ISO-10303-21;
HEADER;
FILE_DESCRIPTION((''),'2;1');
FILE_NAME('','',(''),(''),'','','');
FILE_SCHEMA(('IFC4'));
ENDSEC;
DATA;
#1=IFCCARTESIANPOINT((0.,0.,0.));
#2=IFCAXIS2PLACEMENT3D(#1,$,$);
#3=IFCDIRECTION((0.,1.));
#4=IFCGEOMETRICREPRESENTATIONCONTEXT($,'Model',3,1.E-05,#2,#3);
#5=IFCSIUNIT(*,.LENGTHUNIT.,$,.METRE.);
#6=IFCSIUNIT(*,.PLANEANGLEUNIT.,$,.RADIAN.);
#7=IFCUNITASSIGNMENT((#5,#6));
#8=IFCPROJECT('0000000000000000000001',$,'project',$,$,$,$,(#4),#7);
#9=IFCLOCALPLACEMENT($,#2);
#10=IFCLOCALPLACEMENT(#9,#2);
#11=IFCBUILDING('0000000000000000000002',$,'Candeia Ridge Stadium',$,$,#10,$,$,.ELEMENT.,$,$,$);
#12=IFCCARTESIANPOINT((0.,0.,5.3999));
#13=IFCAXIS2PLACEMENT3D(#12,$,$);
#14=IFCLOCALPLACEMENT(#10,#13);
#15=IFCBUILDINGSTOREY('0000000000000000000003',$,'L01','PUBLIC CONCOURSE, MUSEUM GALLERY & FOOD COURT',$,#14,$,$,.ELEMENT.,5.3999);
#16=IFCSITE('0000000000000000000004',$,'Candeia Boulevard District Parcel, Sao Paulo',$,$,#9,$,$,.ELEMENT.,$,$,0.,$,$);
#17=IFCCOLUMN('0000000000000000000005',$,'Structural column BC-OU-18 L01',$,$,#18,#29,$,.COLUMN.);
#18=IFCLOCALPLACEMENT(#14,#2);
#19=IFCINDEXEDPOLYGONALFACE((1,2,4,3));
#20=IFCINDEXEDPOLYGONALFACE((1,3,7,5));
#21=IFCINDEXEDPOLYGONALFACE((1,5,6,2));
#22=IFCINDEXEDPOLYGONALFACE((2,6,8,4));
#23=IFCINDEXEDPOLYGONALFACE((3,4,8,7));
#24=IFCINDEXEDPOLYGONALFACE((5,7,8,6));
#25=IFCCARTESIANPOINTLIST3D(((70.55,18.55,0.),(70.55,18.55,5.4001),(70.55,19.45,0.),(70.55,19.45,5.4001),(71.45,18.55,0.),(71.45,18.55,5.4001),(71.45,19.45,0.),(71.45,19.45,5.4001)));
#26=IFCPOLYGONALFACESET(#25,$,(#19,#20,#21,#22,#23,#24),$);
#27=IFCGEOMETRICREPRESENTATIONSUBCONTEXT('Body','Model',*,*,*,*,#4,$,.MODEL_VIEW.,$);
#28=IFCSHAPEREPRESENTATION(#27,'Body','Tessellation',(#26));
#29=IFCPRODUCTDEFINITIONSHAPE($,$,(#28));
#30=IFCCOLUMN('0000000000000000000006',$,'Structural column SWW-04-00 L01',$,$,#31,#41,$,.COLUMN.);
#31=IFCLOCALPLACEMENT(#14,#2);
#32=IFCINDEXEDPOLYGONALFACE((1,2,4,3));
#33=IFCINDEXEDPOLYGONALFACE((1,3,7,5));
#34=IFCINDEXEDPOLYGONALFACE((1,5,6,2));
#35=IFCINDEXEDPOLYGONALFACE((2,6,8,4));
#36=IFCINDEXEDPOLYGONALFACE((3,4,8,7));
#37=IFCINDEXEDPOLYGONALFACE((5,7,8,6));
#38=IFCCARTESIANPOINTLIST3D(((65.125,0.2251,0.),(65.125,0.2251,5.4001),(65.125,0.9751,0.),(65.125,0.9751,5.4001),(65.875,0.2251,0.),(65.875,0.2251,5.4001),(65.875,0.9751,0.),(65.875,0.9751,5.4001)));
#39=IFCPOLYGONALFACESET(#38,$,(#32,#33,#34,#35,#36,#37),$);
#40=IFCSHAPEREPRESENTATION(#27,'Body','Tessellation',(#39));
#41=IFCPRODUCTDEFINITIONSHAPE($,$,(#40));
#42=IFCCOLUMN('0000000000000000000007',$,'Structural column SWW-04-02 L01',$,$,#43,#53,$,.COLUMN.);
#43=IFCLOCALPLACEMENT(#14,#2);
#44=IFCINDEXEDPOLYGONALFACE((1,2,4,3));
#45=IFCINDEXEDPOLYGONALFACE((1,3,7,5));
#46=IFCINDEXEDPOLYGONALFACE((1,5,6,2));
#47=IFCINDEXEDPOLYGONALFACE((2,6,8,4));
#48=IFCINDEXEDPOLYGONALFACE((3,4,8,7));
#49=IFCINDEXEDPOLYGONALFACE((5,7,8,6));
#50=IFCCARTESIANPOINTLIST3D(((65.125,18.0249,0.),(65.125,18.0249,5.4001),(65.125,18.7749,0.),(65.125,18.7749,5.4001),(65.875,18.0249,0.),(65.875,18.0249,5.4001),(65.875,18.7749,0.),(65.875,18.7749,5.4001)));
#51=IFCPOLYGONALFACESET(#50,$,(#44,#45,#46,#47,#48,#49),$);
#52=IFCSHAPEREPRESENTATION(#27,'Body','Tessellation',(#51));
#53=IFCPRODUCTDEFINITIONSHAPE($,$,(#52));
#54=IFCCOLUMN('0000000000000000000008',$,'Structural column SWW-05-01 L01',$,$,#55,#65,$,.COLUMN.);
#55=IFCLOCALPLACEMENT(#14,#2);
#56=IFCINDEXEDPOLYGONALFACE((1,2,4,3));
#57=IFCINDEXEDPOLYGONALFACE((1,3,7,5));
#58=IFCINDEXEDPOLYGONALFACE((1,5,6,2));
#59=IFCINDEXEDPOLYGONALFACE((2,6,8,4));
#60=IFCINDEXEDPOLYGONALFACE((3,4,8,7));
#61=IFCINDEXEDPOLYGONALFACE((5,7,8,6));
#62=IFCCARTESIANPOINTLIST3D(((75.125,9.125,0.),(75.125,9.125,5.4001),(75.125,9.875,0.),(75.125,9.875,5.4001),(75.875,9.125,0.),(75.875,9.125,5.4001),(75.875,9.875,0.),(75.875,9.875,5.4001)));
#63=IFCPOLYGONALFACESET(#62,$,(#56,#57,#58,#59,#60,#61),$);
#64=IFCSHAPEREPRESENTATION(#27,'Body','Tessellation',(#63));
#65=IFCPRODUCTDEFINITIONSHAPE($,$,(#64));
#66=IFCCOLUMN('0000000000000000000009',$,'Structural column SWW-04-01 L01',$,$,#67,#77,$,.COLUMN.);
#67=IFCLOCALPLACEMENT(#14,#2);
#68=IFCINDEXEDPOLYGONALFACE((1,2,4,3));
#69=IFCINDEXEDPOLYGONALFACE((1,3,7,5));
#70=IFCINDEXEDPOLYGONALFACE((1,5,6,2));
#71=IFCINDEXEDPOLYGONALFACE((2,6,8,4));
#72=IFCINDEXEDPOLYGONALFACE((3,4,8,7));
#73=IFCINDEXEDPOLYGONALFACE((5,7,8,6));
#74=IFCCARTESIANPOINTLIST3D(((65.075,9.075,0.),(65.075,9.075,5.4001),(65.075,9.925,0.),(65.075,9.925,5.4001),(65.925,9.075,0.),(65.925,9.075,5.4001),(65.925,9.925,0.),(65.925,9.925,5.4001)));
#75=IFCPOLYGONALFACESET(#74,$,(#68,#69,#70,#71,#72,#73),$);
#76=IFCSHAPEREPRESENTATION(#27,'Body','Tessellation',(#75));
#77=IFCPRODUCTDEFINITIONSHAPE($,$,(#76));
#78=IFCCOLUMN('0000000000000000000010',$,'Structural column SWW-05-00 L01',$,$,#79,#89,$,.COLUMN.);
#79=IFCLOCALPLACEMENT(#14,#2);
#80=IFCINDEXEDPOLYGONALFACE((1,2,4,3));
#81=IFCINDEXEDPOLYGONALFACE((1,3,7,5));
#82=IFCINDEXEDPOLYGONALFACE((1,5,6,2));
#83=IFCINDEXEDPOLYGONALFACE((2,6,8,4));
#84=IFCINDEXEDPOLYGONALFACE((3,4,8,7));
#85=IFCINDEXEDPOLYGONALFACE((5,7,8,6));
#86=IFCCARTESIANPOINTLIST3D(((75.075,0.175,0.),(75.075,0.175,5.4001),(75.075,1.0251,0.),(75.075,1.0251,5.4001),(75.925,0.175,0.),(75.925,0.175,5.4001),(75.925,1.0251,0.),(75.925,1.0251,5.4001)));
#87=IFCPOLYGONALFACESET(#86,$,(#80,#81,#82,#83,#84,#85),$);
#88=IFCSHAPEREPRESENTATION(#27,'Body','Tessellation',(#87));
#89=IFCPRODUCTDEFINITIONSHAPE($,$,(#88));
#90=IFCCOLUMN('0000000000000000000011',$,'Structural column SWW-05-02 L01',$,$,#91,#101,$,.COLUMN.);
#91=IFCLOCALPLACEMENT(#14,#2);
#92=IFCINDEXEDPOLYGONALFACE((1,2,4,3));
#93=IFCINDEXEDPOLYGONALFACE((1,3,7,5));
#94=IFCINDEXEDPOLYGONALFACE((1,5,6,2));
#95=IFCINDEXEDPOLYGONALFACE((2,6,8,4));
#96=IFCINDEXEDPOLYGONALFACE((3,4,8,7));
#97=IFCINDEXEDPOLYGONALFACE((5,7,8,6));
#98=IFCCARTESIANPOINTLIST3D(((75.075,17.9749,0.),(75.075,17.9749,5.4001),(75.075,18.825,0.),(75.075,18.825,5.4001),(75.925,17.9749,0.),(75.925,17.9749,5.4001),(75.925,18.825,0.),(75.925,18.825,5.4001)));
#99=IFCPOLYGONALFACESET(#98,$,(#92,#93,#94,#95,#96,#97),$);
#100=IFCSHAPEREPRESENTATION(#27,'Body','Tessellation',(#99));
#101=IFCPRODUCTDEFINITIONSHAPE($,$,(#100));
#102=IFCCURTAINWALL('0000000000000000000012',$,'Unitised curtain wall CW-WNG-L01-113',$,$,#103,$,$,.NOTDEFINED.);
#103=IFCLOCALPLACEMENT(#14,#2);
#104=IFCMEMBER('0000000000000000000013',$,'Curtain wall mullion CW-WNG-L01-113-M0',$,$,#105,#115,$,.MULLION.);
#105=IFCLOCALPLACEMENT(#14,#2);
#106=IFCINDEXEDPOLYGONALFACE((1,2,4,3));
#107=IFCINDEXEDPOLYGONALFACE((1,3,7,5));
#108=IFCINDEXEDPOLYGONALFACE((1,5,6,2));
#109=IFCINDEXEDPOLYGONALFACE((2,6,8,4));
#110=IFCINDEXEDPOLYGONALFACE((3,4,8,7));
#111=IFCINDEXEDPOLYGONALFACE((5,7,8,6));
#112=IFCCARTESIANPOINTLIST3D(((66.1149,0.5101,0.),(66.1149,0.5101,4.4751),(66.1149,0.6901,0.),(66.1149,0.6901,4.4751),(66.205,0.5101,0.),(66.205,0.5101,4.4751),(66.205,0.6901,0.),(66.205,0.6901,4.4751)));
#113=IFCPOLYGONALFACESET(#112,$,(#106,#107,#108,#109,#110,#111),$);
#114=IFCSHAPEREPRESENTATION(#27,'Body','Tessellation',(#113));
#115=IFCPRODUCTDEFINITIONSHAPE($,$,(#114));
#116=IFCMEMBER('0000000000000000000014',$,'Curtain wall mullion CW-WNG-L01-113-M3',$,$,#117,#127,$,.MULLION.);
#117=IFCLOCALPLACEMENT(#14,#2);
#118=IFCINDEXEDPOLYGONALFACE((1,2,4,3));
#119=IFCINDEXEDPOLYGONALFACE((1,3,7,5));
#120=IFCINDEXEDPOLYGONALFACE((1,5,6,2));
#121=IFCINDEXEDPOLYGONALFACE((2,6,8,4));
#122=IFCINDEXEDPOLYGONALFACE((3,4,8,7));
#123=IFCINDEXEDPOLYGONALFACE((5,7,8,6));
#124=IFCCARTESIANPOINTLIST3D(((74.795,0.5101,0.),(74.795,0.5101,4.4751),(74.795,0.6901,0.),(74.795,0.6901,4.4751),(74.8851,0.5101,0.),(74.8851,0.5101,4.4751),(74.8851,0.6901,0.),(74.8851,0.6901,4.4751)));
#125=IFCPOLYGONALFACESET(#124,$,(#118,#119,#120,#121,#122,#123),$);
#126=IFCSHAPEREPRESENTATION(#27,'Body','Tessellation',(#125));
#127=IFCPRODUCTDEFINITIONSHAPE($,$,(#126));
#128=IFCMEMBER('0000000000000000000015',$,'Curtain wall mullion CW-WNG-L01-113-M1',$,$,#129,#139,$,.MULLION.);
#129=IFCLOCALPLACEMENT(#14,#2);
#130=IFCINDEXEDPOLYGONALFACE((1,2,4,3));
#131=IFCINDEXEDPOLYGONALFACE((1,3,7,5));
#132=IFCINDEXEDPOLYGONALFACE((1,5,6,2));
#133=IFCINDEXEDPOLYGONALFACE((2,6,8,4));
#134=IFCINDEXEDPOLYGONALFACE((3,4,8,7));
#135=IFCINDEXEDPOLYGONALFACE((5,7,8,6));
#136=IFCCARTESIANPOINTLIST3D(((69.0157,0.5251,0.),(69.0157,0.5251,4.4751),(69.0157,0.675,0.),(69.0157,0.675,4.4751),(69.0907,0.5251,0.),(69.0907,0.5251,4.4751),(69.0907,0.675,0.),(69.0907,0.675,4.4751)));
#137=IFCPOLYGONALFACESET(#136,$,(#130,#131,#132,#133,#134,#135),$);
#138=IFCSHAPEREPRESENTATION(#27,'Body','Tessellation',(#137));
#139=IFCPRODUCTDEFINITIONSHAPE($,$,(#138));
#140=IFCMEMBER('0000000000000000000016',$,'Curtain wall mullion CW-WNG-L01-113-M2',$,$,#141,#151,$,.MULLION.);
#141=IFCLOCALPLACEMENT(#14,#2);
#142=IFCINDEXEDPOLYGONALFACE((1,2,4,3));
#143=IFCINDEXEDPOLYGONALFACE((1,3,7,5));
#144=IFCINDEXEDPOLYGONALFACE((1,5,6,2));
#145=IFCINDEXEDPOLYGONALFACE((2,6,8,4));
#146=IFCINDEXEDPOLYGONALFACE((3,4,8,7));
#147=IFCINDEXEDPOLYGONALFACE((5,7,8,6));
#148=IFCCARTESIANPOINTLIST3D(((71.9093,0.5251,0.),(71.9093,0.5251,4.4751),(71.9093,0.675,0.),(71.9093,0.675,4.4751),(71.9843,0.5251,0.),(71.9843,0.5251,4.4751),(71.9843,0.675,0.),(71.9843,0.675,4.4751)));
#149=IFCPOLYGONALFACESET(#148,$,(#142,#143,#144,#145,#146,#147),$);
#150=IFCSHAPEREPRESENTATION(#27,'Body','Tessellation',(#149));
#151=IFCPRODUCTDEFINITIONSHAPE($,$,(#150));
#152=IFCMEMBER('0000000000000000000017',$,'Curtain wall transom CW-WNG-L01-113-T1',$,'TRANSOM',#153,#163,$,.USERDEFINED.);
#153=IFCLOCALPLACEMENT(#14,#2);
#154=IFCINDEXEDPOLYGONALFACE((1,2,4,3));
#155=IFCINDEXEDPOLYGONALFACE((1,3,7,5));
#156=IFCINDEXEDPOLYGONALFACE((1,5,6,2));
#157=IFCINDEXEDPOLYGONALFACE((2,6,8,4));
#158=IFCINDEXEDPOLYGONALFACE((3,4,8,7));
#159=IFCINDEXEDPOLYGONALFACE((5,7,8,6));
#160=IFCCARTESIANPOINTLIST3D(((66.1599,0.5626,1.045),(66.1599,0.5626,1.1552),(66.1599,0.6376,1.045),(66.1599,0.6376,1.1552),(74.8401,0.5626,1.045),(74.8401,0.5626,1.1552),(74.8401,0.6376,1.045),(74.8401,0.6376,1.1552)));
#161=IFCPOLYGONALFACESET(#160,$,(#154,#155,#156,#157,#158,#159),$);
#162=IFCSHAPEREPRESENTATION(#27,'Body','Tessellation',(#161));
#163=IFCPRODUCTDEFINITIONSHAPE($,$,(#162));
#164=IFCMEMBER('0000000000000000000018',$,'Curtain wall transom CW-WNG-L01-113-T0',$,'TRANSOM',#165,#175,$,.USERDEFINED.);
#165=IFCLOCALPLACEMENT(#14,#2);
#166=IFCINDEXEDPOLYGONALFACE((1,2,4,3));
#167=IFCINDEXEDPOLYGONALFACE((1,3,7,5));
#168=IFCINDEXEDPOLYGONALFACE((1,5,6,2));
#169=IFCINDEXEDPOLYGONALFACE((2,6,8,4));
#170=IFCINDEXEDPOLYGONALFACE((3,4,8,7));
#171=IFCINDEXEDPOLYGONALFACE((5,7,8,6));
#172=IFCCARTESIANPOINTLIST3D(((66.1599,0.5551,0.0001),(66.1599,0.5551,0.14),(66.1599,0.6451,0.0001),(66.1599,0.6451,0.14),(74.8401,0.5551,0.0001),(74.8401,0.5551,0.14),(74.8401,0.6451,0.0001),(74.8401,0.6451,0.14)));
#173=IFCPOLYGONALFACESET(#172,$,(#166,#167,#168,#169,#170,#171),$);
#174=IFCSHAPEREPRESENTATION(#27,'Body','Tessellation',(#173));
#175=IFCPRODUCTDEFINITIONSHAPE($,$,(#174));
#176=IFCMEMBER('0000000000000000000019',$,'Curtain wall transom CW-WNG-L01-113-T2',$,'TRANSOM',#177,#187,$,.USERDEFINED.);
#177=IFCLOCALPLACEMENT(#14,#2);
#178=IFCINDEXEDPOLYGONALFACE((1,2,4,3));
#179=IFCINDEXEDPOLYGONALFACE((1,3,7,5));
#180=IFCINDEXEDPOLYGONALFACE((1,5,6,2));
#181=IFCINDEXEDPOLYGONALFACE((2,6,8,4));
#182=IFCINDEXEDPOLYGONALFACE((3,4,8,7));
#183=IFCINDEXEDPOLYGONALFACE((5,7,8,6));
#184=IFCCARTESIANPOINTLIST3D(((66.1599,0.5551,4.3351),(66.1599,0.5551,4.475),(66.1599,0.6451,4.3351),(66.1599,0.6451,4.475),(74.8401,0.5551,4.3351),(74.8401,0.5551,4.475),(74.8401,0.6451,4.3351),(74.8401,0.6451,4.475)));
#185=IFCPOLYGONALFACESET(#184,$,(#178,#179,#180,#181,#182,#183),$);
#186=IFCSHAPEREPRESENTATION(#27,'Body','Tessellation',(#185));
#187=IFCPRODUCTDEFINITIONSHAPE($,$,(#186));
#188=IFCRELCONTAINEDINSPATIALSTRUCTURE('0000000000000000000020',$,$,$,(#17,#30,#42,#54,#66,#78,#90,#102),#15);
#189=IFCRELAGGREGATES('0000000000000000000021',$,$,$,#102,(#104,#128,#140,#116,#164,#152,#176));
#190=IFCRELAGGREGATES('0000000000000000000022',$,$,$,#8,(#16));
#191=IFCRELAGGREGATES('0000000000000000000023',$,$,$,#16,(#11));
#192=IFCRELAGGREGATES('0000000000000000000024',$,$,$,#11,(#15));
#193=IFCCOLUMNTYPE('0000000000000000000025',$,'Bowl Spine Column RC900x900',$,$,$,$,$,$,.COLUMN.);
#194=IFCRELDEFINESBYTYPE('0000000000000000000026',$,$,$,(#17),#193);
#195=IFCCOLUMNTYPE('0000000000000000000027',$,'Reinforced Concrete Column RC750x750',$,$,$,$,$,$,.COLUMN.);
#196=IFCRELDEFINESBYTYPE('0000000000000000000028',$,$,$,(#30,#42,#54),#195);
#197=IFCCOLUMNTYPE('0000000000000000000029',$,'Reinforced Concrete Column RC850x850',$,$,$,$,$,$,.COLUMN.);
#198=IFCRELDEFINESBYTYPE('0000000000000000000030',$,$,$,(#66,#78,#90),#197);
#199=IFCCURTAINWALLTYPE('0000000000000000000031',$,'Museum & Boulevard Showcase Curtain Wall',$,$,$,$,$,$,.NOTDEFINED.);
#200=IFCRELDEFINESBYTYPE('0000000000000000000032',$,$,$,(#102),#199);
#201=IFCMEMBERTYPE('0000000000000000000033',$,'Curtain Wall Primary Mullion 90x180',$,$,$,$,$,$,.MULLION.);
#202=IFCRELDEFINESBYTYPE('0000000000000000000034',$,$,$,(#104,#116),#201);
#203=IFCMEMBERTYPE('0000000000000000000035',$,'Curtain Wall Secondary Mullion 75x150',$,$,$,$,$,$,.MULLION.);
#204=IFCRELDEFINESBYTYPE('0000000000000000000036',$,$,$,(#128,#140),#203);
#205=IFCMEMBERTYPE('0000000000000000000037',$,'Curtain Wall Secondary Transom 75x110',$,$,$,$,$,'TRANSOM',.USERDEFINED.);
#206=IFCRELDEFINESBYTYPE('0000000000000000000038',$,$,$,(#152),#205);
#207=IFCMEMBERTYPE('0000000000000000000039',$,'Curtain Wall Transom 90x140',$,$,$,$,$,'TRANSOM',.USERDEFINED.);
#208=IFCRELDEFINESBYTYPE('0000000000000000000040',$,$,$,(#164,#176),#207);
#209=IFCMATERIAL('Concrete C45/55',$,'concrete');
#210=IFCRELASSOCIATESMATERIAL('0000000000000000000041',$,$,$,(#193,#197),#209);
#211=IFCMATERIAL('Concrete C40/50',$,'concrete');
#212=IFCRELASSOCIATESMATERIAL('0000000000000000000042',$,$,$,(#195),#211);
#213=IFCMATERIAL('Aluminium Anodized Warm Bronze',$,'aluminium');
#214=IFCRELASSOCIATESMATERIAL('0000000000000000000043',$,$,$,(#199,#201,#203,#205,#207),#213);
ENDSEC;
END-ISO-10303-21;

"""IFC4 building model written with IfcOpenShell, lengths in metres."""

from ifc_helpers import new_model, si_unit, direction, frame, origin, origin_2d, place, context, subcontext, project, spatial, rectangle, extrude, material, material_profile, profile_set, type_object, element, aggregate, save


model = new_model("IFC4")

# Units and contexts
model_context = context("Model", 3, precision=1e-05, world=origin(), true_north=direction((0.0, 1.0)))
body_context = subcontext(model_context, "Body", "Model", "MODEL_VIEW")
ifc_project = project(units=[si_unit("LENGTHUNIT", "METRE"), si_unit("PLANEANGLEUNIT", "RADIAN")], contexts=[model_context])

# Site, building, storey
site_placement = place(None, origin())
site = spatial("IfcSite", under=ifc_project, at=site_placement, Name="Candeia Boulevard District Parcel, Sao Paulo", CompositionType="ELEMENT", RefElevation=0.0)
building_placement = place(site_placement, origin())
building = spatial("IfcBuilding", under=site, at=building_placement, Name="Candeia Ridge Stadium", CompositionType="ELEMENT")
storey_placement = place(building_placement, frame((0.0, 0.0, 5.3999)))
storey = spatial("IfcBuildingStorey", under=building, at=storey_placement, Name="L01", Description="PUBLIC CONCOURSE, MUSEUM GALLERY & FOOD COURT", CompositionType="ELEMENT", Elevation=5.3999)

# Columns
ifc_material_1 = material(Name="Concrete C45/55", Category="concrete")
ifc_material_profile_1 = material_profile(ifc_material_1, rectangle(XDim=0.8999, YDim=0.8999, at=origin_2d()), Name="RC900x900", Category="concrete")
ifc_profile_set_1 = profile_set([ifc_material_profile_1], Name="Concrete C45/55")
column_type_1 = type_object("IfcColumnType", Name="Bowl Spine Column RC900x900", PredefinedType="COLUMN", material=ifc_profile_set_1)
column_placement = place(storey_placement, frame((71.0, 19.0, 0.0), z_axis=(0.0, 0.0, 1.0), x_axis=(1.0, 0.0, 0.0)))
element("IfcColumn", 1, at=column_placement, inside=storey, type_object=column_type_1, Name="Structural column BC-OU-18 L01", PredefinedType="COLUMN", context=body_context, shape_type="SweptSolid", body=[
    extrude(rectangle(XDim=0.8999, YDim=0.8999, at=origin_2d()), origin(), (0.0, 0.0, 1.0), 5.4001),
])
ifc_material_2 = material(Name="Concrete C40/50", Category="concrete")
ifc_material_profile_2 = material_profile(ifc_material_2, rectangle(XDim=0.75, YDim=0.75, at=origin_2d()), Name="RC750x750", Category="concrete")
ifc_profile_set_2 = profile_set([ifc_material_profile_2], Name="Concrete C40/50")
column_type_2 = type_object("IfcColumnType", Name="Reinforced Concrete Column RC750x750", PredefinedType="COLUMN", material=ifc_profile_set_2)
for number, where, z_axis, x_axis, name in (
    (2, (65.5, 0.6001, 0.0), (0.0, 0.0, 1.0), (1.0, 0.0, 0.0), "Structural column SWW-04-00 L01"),
    (3, (65.5, 18.3999, 0.0), (0.0, 0.0, 1.0), (1.0, 0.0, 0.0), "Structural column SWW-04-02 L01"),
    (4, (75.5, 9.5, 0.0), (0.0, 0.0, 1.0), (1.0, 0.0, 0.0), "Structural column SWW-05-01 L01"),
):
    element("IfcColumn", number, at=place(storey_placement, frame(where, z_axis=z_axis, x_axis=x_axis)), inside=storey, type_object=column_type_2, Name=name, PredefinedType="COLUMN", context=body_context, shape_type="SweptSolid", body=[
        extrude(rectangle(XDim=0.75, YDim=0.75, at=origin_2d()), origin(), (0.0, 0.0, 1.0), 5.4001),
    ])
ifc_material_profile_3 = material_profile(ifc_material_1, rectangle(XDim=0.8501, YDim=0.8501, at=origin_2d()), Name="RC850x850", Category="concrete")
ifc_profile_set_3 = profile_set([ifc_material_profile_3], Name="Concrete C45/55")
column_type_3 = type_object("IfcColumnType", Name="Reinforced Concrete Column RC850x850", PredefinedType="COLUMN", material=ifc_profile_set_3)
for number, where, z_axis, x_axis, name in (
    (5, (65.5, 9.5, 0.0), (0.0, 0.0, 1.0), (1.0, 0.0, 0.0), "Structural column SWW-04-01 L01"),
    (6, (75.5, 0.6001, 0.0), (0.0, 0.0, 1.0), (1.0, 0.0, 0.0), "Structural column SWW-05-00 L01"),
    (7, (75.5, 18.3999, 0.0), (0.0, 0.0, 1.0), (1.0, 0.0, 0.0), "Structural column SWW-05-02 L01"),
):
    element("IfcColumn", number, at=place(storey_placement, frame(where, z_axis=z_axis, x_axis=x_axis)), inside=storey, type_object=column_type_3, Name=name, PredefinedType="COLUMN", context=body_context, shape_type="SweptSolid", body=[
        extrude(rectangle(XDim=0.8501, YDim=0.8501, at=origin_2d()), origin(), (0.0, 0.0, 1.0), 5.4001),
    ])

# Curtain wall, members
ifc_material_3 = material(Name="Aluminium Anodized Warm Bronze", Category="aluminium")
curtain_wall_type = type_object("IfcCurtainWallType", Name="Museum & Boulevard Showcase Curtain Wall", PredefinedType="NOTDEFINED", material=ifc_material_3)
curtain_wall_placement = place(storey_placement, origin())
curtain_wall = element("IfcCurtainWall", 8, at=curtain_wall_placement, inside=storey, type_object=curtain_wall_type, Name="Unitised curtain wall CW-WNG-L01-113", PredefinedType="NOTDEFINED")
ifc_material_profile_4 = material_profile(ifc_material_3, rectangle(XDim=0.0901, YDim=0.1799, at=origin_2d()), Name="CWM-90x180", Category="aluminium")
ifc_profile_set_4 = profile_set([ifc_material_profile_4], Name="Aluminium Anodized Warm Bronze")
member_type_1 = type_object("IfcMemberType", Name="Curtain Wall Primary Mullion 90x180", PredefinedType="MULLION", material=ifc_profile_set_4)
member_1_placement = place(storey_placement, frame((66.1599, 0.6001, 0.0), z_axis=(0.0, 0.0, 1.0), x_axis=(1.0, 0.0, 0.0)))
member_1 = element("IfcMember", 9, at=member_1_placement, type_object=member_type_1, Name="Curtain wall mullion CW-WNG-L01-113-M0", PredefinedType="MULLION", context=body_context, shape_type="SweptSolid", body=[
    extrude(rectangle(XDim=0.0901, YDim=0.1799, at=origin_2d()), origin(), (0.0, 0.0, 1.0), 4.4751),
])
member_2_placement = place(storey_placement, frame((74.8401, 0.6001, 0.0), z_axis=(0.0, 0.0, 1.0), x_axis=(1.0, 0.0, 0.0)))
member_2 = element("IfcMember", 10, at=member_2_placement, type_object=member_type_1, Name="Curtain wall mullion CW-WNG-L01-113-M3", PredefinedType="MULLION", context=body_context, shape_type="SweptSolid", body=[
    extrude(rectangle(XDim=0.0901, YDim=0.1799, at=origin_2d()), origin(), (0.0, 0.0, 1.0), 4.4751),
])
ifc_material_profile_5 = material_profile(ifc_material_3, rectangle(XDim=0.075, YDim=0.1499, at=origin_2d()), Name="CWM-75x150", Category="aluminium")
ifc_profile_set_5 = profile_set([ifc_material_profile_5], Name="Aluminium Anodized Warm Bronze")
member_type_2 = type_object("IfcMemberType", Name="Curtain Wall Secondary Mullion 75x150", PredefinedType="MULLION", material=ifc_profile_set_5)
member_3_placement = place(storey_placement, frame((69.0532, 0.6001, 0.0), z_axis=(0.0, 0.0, 1.0), x_axis=(1.0, 0.0, 0.0)))
member_3 = element("IfcMember", 11, at=member_3_placement, type_object=member_type_2, Name="Curtain wall mullion CW-WNG-L01-113-M1", PredefinedType="MULLION", context=body_context, shape_type="SweptSolid", body=[
    extrude(rectangle(XDim=0.075, YDim=0.1499, at=origin_2d()), origin(), (0.0, 0.0, 1.0), 4.4751),
])
member_4_placement = place(storey_placement, frame((71.9468, 0.6001, 0.0), z_axis=(0.0, 0.0, 1.0), x_axis=(1.0, 0.0, 0.0)))
member_4 = element("IfcMember", 12, at=member_4_placement, type_object=member_type_2, Name="Curtain wall mullion CW-WNG-L01-113-M2", PredefinedType="MULLION", context=body_context, shape_type="SweptSolid", body=[
    extrude(rectangle(XDim=0.075, YDim=0.1499, at=origin_2d()), origin(), (0.0, 0.0, 1.0), 4.4751),
])
ifc_material_profile_6 = material_profile(ifc_material_3, rectangle(XDim=0.075, YDim=0.1101, at=origin_2d()), Name="CWT-75x110", Category="aluminium")
ifc_profile_set_6 = profile_set([ifc_material_profile_6], Name="Aluminium Anodized Warm Bronze")
member_type_3 = type_object("IfcMemberType", Name="Curtain Wall Secondary Transom 75x110", ElementType="TRANSOM", PredefinedType="USERDEFINED", material=ifc_profile_set_6)
member_5_placement = place(storey_placement, frame((66.1599, 0.6001, 1.1001), z_axis=(1.0, 0.0, 0.0), x_axis=(0.0, 1.0, 0.0)))
member_5 = element("IfcMember", 13, at=member_5_placement, type_object=member_type_3, Name="Curtain wall transom CW-WNG-L01-113-T1", ObjectType="TRANSOM", PredefinedType="USERDEFINED", context=body_context, shape_type="SweptSolid", body=[
    extrude(rectangle(XDim=0.075, YDim=0.1101, at=origin_2d()), origin(), (0.0, 0.0, 1.0), 8.6802),
])
ifc_material_profile_7 = material_profile(ifc_material_3, rectangle(XDim=0.0901, YDim=0.1399, at=origin_2d()), Name="CWT-90x140", Category="aluminium")
ifc_profile_set_7 = profile_set([ifc_material_profile_7], Name="Aluminium Anodized Warm Bronze")
member_type_4 = type_object("IfcMemberType", Name="Curtain Wall Transom 90x140", ElementType="TRANSOM", PredefinedType="USERDEFINED", material=ifc_profile_set_7)
member_6_placement = place(storey_placement, frame((66.1599, 0.6001, 0.0701), z_axis=(1.0, 0.0, 0.0), x_axis=(0.0, 1.0, 0.0)))
member_6 = element("IfcMember", 14, at=member_6_placement, type_object=member_type_4, Name="Curtain wall transom CW-WNG-L01-113-T0", ObjectType="TRANSOM", PredefinedType="USERDEFINED", context=body_context, shape_type="SweptSolid", body=[
    extrude(rectangle(XDim=0.0901, YDim=0.1399, at=origin_2d()), origin(), (0.0, 0.0, 1.0), 8.6802),
])
member_7_placement = place(storey_placement, frame((66.1599, 0.6001, 4.405), z_axis=(1.0, 0.0, 0.0), x_axis=(0.0, 1.0, 0.0)))
member_7 = element("IfcMember", 15, at=member_7_placement, type_object=member_type_4, Name="Curtain wall transom CW-WNG-L01-113-T2", ObjectType="TRANSOM", PredefinedType="USERDEFINED", context=body_context, shape_type="SweptSolid", body=[
    extrude(rectangle(XDim=0.0901, YDim=0.1399, at=origin_2d()), origin(), (0.0, 0.0, 1.0), 8.6802),
])

aggregate(curtain_wall, [member_1, member_3, member_4, member_2, member_6, member_5, member_7])

save(model, "model.ifc")
